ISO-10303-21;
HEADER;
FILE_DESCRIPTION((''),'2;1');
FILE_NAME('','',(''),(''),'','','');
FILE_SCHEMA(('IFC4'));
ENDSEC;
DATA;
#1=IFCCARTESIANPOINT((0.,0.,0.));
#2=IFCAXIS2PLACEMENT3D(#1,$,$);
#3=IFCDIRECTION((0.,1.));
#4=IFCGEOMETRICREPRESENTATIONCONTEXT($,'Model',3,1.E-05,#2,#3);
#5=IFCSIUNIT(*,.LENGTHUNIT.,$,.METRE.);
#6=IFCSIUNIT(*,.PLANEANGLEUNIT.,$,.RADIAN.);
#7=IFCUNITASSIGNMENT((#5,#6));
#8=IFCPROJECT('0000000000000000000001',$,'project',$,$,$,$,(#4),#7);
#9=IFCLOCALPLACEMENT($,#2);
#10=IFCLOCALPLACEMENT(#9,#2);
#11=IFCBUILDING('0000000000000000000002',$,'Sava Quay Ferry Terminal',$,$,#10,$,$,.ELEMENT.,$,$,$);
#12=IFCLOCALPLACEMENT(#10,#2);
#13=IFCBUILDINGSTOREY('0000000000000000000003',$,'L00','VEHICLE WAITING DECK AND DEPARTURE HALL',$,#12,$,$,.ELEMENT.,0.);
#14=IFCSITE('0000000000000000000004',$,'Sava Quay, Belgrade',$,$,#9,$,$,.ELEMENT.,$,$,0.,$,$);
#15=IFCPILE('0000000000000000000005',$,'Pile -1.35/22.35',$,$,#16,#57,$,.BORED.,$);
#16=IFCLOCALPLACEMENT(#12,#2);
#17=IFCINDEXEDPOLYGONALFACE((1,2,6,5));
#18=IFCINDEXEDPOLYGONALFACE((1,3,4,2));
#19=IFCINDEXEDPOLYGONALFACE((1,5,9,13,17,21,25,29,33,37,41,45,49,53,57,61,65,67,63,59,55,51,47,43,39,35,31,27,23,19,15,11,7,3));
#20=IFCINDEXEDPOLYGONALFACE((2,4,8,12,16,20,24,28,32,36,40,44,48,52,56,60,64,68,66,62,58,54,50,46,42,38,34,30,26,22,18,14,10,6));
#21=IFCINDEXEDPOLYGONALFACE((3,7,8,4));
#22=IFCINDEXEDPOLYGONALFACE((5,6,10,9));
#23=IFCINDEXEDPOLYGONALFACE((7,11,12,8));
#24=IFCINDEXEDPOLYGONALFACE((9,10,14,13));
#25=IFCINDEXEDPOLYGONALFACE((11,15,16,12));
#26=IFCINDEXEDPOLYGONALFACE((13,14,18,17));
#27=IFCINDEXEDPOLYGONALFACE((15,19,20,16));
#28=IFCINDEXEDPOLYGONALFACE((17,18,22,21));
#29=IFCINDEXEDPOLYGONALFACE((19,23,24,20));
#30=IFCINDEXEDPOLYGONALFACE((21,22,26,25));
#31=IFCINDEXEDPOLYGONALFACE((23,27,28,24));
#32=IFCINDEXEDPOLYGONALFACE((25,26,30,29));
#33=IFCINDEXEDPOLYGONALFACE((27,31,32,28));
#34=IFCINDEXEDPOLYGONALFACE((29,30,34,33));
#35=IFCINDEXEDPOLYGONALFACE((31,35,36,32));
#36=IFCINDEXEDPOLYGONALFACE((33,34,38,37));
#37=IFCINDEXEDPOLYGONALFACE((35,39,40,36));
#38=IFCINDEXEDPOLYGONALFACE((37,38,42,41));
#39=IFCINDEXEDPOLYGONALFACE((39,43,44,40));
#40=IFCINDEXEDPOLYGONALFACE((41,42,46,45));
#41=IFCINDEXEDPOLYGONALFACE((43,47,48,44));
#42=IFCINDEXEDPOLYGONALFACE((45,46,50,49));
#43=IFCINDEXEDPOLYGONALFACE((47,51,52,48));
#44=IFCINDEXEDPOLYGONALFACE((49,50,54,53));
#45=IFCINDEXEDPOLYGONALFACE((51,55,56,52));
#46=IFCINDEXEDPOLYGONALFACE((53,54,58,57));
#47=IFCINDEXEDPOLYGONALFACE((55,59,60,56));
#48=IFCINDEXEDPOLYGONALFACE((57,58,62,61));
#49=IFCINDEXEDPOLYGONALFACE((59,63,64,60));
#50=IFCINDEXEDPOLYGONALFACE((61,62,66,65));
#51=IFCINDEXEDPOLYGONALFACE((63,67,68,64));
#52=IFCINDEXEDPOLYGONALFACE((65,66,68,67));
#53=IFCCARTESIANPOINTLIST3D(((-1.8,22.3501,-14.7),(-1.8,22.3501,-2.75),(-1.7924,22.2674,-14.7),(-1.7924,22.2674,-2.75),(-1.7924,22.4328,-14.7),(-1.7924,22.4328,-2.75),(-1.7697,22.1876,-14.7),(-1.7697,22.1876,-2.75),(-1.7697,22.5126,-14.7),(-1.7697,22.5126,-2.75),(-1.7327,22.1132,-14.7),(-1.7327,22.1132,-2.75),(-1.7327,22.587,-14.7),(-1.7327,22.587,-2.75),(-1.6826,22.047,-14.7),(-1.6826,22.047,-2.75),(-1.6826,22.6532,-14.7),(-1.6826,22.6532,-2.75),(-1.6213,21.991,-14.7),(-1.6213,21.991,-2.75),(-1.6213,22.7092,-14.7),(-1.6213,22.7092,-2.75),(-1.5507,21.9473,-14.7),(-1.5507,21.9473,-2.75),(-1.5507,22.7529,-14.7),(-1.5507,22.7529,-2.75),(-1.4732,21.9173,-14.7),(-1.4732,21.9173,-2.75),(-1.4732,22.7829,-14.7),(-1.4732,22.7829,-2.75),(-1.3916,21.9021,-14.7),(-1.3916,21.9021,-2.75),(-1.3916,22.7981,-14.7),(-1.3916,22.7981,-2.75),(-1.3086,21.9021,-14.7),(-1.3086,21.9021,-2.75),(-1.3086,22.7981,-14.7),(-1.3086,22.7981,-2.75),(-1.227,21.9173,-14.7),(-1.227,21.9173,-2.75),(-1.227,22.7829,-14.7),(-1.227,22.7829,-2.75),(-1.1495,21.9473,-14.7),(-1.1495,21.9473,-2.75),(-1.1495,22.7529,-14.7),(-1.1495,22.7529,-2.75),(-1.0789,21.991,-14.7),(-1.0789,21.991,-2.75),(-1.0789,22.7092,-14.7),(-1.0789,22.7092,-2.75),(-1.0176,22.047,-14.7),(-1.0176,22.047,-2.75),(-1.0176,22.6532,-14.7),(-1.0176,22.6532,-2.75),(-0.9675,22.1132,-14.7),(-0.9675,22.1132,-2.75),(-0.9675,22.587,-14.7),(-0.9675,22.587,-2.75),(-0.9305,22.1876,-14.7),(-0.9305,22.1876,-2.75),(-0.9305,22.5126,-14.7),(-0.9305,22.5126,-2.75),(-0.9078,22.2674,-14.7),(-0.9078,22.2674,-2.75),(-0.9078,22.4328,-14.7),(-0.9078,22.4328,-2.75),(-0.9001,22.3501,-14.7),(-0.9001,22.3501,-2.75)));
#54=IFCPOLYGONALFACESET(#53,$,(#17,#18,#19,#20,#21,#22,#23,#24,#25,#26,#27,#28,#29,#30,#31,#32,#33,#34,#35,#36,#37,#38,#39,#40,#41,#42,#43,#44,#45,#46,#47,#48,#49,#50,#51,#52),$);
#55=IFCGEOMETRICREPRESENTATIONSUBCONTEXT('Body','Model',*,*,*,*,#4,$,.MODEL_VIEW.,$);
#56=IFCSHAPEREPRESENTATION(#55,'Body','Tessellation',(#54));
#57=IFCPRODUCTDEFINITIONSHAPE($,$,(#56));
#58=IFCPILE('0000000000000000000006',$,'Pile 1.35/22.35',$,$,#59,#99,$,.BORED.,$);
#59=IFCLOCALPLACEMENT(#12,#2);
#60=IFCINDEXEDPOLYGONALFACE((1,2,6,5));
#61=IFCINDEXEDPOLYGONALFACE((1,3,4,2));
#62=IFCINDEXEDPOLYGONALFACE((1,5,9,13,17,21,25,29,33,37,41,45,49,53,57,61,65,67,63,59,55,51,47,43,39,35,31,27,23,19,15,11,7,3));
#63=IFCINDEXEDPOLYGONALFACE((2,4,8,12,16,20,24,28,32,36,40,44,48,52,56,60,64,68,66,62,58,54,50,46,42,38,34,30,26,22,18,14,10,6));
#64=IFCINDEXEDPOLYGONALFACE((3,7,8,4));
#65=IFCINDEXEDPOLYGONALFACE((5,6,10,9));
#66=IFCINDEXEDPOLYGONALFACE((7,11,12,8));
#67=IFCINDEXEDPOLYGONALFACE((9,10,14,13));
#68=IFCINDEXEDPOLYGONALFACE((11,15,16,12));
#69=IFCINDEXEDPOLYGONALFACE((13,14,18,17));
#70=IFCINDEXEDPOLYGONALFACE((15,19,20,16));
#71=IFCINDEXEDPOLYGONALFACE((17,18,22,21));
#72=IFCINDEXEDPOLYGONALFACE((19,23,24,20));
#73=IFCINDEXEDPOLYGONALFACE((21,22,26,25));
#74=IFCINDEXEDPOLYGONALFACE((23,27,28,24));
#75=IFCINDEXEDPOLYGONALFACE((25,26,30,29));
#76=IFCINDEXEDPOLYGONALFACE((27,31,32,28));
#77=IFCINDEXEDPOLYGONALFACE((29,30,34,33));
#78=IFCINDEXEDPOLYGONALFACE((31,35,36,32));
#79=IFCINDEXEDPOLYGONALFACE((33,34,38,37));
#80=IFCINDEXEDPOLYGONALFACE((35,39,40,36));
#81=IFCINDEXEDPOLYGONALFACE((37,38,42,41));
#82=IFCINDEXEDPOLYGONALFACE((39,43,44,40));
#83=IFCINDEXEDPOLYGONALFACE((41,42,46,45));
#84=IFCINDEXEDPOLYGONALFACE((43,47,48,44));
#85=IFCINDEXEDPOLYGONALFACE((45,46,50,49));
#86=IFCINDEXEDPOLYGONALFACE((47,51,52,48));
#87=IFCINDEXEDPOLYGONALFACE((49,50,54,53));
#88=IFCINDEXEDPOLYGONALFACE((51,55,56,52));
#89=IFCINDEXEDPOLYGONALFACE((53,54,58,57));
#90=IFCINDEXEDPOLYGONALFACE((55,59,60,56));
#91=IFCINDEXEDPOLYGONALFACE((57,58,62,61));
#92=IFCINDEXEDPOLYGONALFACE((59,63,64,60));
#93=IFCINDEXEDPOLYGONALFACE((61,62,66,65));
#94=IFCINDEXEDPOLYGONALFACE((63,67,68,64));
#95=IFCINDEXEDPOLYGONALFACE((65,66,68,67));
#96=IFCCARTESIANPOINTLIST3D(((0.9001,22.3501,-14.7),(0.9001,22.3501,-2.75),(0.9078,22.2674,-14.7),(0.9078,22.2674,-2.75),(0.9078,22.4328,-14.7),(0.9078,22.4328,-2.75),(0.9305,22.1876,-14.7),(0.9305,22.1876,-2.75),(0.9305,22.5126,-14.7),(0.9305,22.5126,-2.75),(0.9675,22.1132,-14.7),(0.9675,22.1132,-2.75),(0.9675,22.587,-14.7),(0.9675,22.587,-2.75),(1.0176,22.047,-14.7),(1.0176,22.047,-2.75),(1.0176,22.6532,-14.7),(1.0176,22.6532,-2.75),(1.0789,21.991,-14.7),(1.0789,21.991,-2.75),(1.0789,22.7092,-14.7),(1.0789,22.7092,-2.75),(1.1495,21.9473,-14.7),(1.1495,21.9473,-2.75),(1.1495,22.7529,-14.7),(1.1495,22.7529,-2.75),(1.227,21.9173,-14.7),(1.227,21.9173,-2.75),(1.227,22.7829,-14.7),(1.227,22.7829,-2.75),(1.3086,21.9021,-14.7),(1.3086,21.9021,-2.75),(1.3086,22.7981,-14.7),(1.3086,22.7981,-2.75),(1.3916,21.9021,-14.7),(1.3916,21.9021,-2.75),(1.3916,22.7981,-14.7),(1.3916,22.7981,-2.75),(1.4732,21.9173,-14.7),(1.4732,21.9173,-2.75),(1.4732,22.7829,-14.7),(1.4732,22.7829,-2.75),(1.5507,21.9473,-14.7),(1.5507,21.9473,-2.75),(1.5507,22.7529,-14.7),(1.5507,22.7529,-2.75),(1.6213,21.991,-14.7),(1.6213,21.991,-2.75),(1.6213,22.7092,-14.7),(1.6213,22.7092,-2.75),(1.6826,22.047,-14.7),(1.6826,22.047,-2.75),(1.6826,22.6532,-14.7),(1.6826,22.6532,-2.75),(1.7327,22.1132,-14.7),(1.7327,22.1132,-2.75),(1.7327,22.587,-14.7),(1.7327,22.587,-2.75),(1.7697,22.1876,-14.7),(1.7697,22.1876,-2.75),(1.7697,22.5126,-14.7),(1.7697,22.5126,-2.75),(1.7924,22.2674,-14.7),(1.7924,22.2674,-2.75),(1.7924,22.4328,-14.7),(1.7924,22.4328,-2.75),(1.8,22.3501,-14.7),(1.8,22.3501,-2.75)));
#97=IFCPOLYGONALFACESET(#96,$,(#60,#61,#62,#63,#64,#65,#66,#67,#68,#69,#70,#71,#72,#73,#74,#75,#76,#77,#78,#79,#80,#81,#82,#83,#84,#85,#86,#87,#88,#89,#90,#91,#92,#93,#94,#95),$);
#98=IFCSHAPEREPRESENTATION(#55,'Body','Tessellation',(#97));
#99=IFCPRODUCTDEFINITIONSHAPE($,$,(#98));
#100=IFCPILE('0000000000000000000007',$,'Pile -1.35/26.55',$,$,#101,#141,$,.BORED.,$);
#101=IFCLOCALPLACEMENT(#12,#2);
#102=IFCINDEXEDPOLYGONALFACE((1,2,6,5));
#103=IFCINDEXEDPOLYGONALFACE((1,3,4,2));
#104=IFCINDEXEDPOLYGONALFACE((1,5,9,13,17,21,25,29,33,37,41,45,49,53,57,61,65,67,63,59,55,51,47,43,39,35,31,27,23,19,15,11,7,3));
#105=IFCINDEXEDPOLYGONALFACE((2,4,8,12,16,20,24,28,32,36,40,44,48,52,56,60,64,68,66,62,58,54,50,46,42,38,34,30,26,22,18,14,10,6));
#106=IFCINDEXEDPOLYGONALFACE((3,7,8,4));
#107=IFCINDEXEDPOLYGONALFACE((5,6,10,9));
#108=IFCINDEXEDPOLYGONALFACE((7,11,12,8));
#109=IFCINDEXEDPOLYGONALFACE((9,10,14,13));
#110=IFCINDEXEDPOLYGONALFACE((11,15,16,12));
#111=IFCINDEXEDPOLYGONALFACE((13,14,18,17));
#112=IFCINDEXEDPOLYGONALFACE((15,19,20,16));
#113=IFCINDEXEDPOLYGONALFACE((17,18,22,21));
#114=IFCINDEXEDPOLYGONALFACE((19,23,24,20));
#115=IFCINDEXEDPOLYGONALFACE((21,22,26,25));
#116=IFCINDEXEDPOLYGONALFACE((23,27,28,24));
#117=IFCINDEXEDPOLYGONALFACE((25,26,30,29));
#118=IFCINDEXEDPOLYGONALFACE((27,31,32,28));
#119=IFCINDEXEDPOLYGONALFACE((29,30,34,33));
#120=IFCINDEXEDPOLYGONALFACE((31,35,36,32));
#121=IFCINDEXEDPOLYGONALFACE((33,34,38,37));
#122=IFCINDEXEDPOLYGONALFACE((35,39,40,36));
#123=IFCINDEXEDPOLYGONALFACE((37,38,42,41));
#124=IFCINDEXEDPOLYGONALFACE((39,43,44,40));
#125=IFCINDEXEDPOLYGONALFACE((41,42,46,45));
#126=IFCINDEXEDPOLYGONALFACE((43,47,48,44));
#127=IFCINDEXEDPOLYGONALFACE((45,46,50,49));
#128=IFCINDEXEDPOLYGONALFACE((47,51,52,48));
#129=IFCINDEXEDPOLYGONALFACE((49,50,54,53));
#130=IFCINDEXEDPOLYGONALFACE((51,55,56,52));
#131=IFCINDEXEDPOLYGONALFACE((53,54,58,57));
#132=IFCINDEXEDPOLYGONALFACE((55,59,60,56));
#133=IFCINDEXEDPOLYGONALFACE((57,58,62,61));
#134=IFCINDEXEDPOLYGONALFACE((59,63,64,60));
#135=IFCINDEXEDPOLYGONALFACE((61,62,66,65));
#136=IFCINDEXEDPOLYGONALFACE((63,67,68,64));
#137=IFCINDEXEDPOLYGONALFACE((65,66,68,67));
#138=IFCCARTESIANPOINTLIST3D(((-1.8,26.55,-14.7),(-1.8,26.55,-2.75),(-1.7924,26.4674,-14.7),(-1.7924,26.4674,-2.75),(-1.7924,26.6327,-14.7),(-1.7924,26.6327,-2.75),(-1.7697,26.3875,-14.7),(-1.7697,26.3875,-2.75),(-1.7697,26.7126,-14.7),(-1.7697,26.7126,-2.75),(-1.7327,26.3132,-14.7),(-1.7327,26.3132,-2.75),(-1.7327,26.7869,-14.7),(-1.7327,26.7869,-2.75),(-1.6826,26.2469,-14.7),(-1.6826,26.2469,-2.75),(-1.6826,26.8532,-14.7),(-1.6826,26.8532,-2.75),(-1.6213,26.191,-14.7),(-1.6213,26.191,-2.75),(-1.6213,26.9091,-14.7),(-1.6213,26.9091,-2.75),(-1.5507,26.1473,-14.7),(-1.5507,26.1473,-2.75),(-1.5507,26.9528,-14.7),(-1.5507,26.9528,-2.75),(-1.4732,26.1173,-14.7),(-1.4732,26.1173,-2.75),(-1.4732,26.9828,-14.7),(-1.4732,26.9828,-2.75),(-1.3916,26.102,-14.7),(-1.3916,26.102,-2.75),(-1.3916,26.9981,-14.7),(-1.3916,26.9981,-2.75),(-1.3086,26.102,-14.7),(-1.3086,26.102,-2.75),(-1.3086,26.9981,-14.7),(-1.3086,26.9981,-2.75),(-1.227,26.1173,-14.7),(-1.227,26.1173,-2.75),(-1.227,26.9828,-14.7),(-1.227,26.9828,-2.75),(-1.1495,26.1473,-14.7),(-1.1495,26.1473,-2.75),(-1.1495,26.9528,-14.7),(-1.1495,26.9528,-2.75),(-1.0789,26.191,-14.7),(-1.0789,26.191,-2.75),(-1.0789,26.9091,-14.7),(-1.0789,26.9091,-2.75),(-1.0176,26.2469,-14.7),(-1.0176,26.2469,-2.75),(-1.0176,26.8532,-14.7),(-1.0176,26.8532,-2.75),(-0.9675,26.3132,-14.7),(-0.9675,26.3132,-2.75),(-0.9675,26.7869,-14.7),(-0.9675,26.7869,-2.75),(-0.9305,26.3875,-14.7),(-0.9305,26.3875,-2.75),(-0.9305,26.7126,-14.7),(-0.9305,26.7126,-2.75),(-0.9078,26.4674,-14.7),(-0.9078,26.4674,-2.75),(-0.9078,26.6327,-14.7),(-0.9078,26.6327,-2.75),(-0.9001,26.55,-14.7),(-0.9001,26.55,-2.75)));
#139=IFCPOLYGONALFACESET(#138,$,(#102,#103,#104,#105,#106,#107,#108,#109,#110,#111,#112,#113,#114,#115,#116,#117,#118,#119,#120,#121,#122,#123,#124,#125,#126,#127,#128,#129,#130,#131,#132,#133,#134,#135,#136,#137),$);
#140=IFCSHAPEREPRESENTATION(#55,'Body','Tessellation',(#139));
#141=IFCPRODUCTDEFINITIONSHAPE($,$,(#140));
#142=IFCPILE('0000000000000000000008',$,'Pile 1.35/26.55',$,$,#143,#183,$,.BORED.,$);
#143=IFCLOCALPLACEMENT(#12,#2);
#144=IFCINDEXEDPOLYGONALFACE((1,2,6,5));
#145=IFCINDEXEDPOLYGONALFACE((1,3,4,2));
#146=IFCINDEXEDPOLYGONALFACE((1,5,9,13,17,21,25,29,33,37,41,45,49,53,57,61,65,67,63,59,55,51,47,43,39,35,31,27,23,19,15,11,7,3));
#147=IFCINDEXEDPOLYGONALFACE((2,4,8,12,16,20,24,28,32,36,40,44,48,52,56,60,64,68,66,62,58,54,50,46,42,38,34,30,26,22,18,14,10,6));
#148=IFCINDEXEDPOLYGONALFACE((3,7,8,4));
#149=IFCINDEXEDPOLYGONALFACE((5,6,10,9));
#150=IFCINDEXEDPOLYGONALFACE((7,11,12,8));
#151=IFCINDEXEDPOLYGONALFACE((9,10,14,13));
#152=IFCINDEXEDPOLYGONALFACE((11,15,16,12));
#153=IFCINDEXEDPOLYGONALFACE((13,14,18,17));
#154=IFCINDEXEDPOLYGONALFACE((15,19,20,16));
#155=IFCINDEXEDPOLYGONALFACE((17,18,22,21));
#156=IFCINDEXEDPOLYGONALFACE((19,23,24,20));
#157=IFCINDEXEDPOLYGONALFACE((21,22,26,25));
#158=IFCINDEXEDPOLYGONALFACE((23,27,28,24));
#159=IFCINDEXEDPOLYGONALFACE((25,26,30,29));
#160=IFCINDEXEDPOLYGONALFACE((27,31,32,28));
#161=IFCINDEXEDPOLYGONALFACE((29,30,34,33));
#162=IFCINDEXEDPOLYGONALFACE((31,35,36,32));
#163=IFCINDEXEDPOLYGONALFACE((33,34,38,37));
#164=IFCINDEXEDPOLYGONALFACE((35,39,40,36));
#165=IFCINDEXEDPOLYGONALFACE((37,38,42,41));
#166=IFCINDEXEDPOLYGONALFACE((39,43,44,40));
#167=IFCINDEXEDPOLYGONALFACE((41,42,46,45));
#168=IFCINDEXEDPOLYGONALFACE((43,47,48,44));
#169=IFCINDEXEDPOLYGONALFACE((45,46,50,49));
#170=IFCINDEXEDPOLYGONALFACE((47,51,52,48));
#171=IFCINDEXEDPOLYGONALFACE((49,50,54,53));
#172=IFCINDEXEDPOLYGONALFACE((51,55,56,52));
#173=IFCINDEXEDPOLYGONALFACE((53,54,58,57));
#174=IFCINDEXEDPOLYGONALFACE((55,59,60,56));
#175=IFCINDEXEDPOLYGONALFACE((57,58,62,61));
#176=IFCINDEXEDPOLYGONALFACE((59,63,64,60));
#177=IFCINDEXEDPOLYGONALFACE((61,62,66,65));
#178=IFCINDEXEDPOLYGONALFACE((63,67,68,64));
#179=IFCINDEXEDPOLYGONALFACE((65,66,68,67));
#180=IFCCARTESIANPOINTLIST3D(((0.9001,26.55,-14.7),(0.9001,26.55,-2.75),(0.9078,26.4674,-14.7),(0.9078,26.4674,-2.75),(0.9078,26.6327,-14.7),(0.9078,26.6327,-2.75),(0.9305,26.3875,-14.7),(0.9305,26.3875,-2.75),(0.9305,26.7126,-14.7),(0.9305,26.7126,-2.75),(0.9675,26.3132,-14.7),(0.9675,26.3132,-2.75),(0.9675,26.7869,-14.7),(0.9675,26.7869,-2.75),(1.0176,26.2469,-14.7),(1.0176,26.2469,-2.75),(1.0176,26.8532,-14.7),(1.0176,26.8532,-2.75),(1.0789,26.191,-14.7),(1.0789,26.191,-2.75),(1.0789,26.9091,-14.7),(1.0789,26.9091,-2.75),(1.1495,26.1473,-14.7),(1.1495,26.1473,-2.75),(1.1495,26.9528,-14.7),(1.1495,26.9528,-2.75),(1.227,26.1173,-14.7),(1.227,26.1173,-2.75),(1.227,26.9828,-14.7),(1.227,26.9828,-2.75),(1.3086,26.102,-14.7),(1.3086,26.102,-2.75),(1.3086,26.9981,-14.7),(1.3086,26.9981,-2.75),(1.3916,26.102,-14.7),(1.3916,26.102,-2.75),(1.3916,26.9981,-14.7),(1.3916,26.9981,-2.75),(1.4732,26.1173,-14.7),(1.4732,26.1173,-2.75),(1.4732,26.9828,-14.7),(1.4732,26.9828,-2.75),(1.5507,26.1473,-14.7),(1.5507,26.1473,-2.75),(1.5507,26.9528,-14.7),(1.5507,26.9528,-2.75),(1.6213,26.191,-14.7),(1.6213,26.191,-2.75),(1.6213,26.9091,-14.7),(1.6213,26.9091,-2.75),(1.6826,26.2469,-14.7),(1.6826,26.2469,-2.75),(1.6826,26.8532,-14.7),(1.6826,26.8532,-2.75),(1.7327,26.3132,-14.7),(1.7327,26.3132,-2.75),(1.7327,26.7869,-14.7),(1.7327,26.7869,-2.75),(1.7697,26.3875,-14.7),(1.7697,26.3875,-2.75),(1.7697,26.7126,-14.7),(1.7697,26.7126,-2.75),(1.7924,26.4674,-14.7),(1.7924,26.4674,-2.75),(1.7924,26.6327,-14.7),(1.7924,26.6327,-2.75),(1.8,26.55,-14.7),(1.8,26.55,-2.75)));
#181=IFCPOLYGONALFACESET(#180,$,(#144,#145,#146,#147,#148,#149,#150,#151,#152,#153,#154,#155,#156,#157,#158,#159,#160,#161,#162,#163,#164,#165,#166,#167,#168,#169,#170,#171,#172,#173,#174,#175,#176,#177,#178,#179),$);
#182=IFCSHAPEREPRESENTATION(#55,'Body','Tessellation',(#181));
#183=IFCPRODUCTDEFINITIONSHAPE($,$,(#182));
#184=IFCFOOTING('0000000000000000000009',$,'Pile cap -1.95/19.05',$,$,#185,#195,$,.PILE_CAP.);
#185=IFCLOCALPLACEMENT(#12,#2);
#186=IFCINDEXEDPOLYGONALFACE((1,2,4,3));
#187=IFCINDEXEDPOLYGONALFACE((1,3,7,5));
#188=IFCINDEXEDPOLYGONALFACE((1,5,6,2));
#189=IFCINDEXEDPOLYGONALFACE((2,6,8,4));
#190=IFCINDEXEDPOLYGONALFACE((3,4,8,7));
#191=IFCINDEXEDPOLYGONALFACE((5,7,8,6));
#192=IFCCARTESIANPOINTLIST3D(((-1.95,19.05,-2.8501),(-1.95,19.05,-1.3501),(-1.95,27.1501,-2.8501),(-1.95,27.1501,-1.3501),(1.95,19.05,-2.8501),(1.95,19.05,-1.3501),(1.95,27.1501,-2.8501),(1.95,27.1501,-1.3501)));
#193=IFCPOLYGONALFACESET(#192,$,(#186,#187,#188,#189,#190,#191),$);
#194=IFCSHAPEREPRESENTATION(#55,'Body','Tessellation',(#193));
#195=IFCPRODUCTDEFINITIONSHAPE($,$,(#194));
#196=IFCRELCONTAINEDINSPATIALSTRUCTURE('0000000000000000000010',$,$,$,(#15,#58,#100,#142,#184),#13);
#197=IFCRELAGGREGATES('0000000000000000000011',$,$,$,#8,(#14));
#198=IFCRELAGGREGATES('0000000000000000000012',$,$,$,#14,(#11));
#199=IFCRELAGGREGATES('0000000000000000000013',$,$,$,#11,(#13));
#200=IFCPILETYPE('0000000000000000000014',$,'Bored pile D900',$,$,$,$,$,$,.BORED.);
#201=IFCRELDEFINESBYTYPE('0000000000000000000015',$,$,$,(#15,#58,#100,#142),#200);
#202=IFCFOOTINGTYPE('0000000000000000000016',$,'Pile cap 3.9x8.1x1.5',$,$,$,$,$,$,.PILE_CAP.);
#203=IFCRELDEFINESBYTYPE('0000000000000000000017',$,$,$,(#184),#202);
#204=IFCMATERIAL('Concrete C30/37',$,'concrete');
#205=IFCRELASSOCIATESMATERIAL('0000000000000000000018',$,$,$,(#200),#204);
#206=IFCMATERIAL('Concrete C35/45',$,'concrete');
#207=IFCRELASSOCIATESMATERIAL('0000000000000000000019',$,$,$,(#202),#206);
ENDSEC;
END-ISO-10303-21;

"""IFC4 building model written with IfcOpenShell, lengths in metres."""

from ifc_helpers import new_model, si_unit, direction, frame, origin, origin_2d, place, context, subcontext, project, spatial, rectangle, circle, extrude, material, material_profile, profile_set, type_object, element, save


model = new_model("IFC4")

# Units and contexts
model_context = context("Model", 3, precision=1e-05, world=origin(), true_north=direction((0.0, 1.0)))
body_context = subcontext(model_context, "Body", "Model", "MODEL_VIEW")
ifc_project = project(units=[si_unit("LENGTHUNIT", "METRE"), si_unit("PLANEANGLEUNIT", "RADIAN")], contexts=[model_context])

# Site, building, storey
site_placement = place(None, origin())
site = spatial("IfcSite", under=ifc_project, at=site_placement, Name="Sava Quay, Belgrade", CompositionType="ELEMENT", RefElevation=0.0)
building_placement = place(site_placement, origin())
building = spatial("IfcBuilding", under=site, at=building_placement, Name="Sava Quay Ferry Terminal", CompositionType="ELEMENT")
storey_placement = place(building_placement, origin())
storey = spatial("IfcBuildingStorey", under=building, at=storey_placement, Name="L00", Description="VEHICLE WAITING DECK AND DEPARTURE HALL", CompositionType="ELEMENT", Elevation=0.0)

# Piles
ifc_material_1 = material(Name="Concrete C30/37", Category="concrete")
ifc_material_profile_1 = material_profile(ifc_material_1, circle(Radius=0.45, at=origin_2d()), Name="Bored pile D900")
ifc_profile_set_1 = profile_set([ifc_material_profile_1], Name="Concrete C30/37")
pile_type = type_object("IfcPileType", Name="Bored pile D900", PredefinedType="BORED", material=ifc_profile_set_1)
for number, where, z_axis, x_axis, name in (
    (1, (-1.3501, 22.3501, -2.75), (0.0, 0.0, -1.0), (1.0, 0.0, 0.0), "Pile -1.35/22.35"),
    (2, (1.3501, 22.3501, -2.75), (0.0, 0.0, -1.0), (1.0, 0.0, 0.0), "Pile 1.35/22.35"),
    (3, (-1.3501, 26.55, -2.75), (0.0, 0.0, -1.0), (1.0, 0.0, 0.0), "Pile -1.35/26.55"),
    (4, (1.3501, 26.55, -2.75), (0.0, 0.0, -1.0), (1.0, 0.0, 0.0), "Pile 1.35/26.55"),
):
    element("IfcPile", number, at=place(storey_placement, frame(where, z_axis=z_axis, x_axis=x_axis)), inside=storey, type_object=pile_type, Name=name, PredefinedType="BORED", context=body_context, shape_type="SweptSolid", body=[
        extrude(circle(Radius=0.45, at=origin_2d()), origin(), (0.0, 0.0, 1.0), 11.95),
    ])

# Footing
ifc_material_2 = material(Name="Concrete C35/45", Category="concrete")
footing_type = type_object("IfcFootingType", Name="Pile cap 3.9x8.1x1.5", PredefinedType="PILE_CAP", material=ifc_material_2)
footing_placement = place(storey_placement, frame((0.0, 23.1001, -2.8501), z_axis=(0.0, 0.0, 1.0), x_axis=(1.0, 0.0, 0.0)))
element("IfcFooting", 5, at=footing_placement, inside=storey, type_object=footing_type, Name="Pile cap -1.95/19.05", PredefinedType="PILE_CAP", context=body_context, shape_type="SweptSolid", body=[
    extrude(rectangle(XDim=3.8999, YDim=8.1001, at=origin_2d()), origin(), (0.0, 0.0, 1.0), 1.5),
])

save(model, "model.ifc")
